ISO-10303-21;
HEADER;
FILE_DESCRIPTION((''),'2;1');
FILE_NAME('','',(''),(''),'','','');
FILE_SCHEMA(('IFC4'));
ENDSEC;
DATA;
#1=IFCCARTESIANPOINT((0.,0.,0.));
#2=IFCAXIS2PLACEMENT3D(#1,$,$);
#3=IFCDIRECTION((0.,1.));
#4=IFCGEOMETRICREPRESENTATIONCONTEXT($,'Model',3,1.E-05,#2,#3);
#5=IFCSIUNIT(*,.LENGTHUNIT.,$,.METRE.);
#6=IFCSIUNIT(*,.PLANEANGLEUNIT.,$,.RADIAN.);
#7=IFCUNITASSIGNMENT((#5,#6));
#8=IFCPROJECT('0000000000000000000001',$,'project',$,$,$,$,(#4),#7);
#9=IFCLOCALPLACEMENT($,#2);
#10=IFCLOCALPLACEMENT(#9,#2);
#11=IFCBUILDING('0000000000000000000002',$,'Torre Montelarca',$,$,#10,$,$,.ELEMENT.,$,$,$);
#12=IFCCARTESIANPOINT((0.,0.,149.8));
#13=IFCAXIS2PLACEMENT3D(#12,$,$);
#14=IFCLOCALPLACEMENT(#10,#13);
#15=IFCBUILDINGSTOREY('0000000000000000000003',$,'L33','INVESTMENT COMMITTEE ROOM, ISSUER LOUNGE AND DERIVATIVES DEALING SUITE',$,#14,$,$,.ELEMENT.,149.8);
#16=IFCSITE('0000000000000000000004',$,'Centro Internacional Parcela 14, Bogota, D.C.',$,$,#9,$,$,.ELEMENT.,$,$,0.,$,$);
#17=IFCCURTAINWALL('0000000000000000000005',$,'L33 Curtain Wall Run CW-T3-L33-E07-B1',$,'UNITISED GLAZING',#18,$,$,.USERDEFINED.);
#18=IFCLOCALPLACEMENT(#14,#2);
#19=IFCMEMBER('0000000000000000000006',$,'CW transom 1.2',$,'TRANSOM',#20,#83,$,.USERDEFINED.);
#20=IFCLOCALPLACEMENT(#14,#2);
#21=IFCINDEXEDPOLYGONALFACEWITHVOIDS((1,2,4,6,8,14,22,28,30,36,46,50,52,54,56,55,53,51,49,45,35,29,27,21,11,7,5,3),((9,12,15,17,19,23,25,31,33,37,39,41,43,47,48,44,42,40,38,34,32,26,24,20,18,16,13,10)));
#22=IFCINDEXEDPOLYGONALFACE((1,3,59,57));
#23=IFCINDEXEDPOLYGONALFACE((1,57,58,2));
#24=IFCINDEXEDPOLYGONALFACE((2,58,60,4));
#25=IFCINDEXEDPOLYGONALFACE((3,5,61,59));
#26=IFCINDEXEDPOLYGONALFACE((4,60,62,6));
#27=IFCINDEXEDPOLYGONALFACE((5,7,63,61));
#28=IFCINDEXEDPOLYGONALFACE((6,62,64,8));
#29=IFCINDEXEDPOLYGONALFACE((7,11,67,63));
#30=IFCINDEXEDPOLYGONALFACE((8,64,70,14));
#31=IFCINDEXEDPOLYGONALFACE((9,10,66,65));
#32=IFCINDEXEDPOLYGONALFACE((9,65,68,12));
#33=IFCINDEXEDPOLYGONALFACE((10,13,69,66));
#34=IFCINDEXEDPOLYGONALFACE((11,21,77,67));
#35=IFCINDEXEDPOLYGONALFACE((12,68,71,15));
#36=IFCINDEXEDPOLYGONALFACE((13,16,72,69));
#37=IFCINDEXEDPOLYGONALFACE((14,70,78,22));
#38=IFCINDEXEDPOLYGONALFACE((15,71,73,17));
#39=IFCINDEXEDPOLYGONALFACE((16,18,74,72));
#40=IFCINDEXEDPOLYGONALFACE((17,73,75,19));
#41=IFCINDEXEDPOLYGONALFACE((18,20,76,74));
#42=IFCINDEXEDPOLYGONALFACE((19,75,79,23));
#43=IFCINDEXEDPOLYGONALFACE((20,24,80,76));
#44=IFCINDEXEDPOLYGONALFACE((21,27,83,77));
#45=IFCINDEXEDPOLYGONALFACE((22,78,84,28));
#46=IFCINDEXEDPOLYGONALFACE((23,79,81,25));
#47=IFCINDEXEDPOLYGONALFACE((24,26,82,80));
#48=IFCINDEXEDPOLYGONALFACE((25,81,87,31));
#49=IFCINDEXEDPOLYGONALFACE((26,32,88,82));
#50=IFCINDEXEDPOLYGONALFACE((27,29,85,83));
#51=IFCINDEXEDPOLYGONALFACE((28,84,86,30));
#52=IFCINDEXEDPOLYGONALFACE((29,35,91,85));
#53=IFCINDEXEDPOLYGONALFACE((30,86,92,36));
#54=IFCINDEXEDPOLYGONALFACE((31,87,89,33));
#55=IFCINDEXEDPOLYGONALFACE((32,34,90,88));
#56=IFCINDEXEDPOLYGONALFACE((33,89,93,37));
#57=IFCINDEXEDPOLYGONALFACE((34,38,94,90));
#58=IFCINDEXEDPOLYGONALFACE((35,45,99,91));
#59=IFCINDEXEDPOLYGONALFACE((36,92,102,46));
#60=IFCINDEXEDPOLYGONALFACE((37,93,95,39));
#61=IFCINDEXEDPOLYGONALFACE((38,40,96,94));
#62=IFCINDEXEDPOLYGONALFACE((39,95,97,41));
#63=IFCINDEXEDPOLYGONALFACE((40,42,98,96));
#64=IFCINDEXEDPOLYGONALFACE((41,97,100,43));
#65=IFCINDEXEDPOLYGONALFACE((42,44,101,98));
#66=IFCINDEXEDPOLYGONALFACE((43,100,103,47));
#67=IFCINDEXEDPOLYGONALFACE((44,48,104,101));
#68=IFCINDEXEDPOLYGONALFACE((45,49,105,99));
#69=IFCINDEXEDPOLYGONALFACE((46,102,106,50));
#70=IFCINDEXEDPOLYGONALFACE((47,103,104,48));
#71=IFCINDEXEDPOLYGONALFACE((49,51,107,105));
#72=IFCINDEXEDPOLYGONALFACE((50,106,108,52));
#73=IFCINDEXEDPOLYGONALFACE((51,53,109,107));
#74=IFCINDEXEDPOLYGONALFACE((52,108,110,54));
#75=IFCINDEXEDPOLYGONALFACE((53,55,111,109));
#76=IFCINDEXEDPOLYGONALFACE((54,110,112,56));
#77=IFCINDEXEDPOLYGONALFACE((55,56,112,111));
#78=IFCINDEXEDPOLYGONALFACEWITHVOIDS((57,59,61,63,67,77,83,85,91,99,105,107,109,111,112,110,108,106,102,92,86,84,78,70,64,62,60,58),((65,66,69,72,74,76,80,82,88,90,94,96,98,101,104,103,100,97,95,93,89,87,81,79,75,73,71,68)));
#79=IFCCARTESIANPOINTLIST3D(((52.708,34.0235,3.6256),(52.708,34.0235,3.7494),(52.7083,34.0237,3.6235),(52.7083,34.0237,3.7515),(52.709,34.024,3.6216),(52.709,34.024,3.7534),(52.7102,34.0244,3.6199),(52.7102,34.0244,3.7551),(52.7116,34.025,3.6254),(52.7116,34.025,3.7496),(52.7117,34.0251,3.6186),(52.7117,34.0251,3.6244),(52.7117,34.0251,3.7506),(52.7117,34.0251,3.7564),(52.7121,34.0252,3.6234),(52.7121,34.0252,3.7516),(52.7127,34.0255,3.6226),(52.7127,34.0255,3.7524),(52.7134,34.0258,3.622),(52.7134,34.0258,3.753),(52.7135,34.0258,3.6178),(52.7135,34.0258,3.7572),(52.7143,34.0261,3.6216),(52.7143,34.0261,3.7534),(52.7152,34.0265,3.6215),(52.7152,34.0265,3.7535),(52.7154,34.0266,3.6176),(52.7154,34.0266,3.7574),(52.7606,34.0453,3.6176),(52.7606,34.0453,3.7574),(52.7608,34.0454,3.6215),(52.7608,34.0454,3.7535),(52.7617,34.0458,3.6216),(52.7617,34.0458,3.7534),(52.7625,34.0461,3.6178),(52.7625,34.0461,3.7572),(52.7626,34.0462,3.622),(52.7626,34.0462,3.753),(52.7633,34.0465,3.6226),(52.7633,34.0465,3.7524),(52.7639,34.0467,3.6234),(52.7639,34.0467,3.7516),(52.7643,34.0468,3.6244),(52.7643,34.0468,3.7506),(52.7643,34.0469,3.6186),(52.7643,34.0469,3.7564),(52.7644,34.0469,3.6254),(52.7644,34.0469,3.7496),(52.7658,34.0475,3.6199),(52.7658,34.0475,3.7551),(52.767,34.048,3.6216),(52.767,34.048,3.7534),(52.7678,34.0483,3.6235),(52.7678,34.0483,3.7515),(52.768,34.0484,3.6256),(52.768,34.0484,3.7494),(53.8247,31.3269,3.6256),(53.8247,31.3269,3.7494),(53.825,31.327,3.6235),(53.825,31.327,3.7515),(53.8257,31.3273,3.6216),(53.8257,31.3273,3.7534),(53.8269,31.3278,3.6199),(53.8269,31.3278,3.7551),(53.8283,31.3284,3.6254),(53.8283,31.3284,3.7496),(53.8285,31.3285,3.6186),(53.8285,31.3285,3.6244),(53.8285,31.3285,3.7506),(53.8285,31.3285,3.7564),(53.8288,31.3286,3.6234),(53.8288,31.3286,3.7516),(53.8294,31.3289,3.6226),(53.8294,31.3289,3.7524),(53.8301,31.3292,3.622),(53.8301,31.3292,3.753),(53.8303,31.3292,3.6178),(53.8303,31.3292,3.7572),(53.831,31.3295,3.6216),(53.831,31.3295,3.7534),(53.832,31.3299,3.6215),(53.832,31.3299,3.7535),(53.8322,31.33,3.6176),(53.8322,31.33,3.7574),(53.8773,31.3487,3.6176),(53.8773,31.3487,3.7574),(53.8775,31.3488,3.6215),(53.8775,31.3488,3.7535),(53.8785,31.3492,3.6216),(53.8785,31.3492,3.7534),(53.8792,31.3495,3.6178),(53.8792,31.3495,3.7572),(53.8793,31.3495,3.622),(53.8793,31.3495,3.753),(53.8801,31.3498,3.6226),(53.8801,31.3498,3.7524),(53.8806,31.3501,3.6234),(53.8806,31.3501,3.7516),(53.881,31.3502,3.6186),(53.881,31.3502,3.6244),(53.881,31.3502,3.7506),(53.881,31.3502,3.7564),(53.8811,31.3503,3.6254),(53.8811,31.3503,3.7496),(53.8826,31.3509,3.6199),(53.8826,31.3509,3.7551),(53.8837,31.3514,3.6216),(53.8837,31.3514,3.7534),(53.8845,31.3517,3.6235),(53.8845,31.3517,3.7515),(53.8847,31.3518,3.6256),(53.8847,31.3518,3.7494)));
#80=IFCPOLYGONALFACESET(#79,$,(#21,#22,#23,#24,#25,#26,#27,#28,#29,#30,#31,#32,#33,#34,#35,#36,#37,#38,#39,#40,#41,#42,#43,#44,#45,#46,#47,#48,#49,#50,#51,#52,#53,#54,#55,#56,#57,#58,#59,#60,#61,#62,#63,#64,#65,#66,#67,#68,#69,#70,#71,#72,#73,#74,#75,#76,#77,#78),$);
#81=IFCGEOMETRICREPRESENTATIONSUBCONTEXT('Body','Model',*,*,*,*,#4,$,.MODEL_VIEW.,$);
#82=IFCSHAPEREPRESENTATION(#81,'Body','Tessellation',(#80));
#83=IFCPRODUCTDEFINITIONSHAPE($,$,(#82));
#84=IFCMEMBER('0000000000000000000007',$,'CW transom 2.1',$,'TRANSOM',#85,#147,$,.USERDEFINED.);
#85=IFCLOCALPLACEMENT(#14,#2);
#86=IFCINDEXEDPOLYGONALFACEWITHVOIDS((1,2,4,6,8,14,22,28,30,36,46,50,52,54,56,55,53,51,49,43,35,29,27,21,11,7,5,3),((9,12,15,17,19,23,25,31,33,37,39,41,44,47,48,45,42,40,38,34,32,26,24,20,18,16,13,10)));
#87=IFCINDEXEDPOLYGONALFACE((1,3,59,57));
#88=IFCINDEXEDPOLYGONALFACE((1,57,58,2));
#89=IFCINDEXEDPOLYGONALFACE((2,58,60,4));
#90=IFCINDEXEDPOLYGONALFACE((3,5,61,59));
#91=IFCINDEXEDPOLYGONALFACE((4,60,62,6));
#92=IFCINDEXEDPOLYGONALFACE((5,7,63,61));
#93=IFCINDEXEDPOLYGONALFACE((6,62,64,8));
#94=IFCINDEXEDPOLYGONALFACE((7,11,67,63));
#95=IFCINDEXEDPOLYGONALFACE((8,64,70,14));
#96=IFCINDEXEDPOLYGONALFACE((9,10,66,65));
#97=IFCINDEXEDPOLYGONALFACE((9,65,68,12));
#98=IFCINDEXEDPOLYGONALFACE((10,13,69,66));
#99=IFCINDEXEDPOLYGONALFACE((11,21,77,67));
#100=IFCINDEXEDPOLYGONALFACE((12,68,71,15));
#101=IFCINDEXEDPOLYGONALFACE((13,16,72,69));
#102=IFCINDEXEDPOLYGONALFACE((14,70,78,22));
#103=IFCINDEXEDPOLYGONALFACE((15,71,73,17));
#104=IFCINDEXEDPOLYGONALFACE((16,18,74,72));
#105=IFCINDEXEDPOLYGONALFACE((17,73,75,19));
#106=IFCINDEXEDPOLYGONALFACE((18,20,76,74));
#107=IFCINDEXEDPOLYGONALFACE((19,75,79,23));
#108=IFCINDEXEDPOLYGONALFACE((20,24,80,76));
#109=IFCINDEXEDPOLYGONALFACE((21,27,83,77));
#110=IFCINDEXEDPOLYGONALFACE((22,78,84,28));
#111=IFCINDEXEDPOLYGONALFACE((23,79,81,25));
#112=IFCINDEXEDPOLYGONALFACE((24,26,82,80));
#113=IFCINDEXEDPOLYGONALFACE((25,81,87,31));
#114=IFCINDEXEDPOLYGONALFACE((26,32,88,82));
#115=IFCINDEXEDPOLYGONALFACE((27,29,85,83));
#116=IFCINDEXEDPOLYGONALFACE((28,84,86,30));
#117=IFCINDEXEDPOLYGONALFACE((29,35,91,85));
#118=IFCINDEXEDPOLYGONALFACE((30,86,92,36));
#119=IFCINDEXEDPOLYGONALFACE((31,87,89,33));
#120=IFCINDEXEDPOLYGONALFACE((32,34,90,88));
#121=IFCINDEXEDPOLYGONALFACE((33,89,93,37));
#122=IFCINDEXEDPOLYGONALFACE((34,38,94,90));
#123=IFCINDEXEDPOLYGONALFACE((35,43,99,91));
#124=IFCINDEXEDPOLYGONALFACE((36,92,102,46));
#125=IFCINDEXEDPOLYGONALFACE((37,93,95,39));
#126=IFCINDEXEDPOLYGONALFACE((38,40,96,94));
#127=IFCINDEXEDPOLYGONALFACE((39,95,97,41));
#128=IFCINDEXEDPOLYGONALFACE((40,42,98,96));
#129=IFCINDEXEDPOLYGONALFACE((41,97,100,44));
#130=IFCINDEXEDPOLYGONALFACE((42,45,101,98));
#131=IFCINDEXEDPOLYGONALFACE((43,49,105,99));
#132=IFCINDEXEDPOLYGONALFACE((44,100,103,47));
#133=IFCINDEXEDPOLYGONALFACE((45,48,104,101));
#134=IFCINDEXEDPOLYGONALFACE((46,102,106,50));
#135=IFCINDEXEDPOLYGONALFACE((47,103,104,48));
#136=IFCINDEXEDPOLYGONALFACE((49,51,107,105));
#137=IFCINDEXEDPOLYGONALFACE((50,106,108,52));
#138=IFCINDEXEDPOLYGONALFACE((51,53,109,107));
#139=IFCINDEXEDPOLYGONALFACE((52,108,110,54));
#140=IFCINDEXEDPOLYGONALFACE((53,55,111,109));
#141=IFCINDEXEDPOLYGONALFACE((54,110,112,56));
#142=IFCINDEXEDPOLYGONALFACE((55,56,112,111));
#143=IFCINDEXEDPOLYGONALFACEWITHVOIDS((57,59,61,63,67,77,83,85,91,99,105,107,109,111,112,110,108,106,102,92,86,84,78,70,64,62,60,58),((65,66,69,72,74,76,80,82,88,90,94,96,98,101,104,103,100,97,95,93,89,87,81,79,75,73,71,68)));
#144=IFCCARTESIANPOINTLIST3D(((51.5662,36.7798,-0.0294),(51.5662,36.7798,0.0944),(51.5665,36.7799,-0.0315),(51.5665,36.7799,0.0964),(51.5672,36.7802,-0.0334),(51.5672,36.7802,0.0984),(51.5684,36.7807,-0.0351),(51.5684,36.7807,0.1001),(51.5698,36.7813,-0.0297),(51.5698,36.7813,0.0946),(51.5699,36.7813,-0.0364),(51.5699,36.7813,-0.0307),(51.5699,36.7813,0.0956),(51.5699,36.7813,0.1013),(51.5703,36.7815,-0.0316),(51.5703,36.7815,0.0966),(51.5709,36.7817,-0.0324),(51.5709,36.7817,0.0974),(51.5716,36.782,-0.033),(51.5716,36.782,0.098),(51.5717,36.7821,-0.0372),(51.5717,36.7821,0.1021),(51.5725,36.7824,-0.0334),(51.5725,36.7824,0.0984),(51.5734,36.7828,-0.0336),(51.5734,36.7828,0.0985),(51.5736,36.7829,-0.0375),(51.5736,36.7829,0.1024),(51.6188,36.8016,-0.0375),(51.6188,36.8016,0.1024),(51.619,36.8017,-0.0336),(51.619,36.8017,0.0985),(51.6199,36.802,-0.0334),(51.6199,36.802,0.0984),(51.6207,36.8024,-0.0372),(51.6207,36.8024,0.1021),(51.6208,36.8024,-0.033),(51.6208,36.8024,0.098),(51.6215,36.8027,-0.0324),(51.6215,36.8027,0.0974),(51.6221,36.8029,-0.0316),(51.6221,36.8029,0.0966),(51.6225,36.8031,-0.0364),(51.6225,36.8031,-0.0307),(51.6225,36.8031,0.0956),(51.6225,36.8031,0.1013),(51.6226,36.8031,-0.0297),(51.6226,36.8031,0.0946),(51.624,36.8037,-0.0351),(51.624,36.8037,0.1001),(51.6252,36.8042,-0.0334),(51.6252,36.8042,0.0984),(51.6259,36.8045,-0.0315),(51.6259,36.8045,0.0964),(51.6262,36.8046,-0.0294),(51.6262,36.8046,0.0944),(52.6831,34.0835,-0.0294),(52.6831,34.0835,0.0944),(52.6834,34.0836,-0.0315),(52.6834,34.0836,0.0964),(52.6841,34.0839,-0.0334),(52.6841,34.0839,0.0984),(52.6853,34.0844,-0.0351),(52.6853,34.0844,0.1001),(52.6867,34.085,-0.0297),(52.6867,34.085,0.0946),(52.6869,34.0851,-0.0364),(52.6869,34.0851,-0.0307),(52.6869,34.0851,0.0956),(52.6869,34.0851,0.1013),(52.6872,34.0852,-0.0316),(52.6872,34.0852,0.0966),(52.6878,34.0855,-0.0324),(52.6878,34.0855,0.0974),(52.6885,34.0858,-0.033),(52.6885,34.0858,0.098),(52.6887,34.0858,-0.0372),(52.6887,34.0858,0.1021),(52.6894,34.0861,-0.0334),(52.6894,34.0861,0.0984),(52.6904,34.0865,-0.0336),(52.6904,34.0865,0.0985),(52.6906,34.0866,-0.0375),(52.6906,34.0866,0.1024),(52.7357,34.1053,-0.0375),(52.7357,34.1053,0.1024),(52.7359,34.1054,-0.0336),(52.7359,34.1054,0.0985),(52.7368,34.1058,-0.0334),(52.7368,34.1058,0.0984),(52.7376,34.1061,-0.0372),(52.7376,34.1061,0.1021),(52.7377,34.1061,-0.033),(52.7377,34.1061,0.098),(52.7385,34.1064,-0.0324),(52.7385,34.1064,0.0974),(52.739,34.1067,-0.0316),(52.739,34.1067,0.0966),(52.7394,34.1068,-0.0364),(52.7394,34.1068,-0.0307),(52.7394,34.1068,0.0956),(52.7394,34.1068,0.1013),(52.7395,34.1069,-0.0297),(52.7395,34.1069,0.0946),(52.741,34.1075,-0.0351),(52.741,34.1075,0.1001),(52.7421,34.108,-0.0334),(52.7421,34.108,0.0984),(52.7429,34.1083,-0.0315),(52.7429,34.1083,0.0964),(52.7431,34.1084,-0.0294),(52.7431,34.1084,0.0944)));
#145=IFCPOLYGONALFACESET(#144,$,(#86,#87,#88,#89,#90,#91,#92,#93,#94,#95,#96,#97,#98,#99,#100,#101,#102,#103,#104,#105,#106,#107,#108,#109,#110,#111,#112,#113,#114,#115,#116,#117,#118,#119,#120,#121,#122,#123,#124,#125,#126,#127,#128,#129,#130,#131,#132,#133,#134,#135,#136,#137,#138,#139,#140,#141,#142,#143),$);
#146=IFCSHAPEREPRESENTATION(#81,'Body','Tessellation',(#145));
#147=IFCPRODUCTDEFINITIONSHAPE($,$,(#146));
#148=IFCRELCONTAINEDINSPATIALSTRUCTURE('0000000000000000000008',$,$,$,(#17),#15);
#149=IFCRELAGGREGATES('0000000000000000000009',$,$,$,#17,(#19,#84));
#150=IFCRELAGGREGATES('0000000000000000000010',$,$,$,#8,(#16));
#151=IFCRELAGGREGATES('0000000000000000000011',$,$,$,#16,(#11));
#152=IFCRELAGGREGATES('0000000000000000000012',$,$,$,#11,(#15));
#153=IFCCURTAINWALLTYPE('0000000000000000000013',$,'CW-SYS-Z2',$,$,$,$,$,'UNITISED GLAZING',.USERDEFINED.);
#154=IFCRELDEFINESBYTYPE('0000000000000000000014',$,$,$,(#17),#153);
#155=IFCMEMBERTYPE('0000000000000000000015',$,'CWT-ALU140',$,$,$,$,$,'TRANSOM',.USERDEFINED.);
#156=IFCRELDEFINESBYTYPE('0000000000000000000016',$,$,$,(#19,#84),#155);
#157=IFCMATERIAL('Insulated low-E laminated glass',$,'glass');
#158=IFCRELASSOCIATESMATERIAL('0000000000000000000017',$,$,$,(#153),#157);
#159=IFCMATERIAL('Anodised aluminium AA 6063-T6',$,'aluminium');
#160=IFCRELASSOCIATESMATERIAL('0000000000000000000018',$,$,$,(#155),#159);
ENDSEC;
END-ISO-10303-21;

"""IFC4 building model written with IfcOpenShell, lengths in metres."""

from ifc_helpers import new_model, si_unit, direction, frame, origin, origin_2d, place, context, subcontext, project, spatial, hollow_rectangle, extrude, source, transform, mapped, material, material_profile, profile_set, type_object, element, aggregate, save


model = new_model("IFC4")

# Units and contexts
model_context = context("Model", 3, precision=1e-05, world=origin(), true_north=direction((0.0, 1.0)))
body_context = subcontext(model_context, "Body", "Model", "MODEL_VIEW")
ifc_project = project(units=[si_unit("LENGTHUNIT", "METRE"), si_unit("PLANEANGLEUNIT", "RADIAN")], contexts=[model_context])

# Site, building, storey
site_placement = place(None, origin())
site = spatial("IfcSite", under=ifc_project, at=site_placement, Name="Centro Internacional Parcela 14, Bogota, D.C.", CompositionType="ELEMENT", RefElevation=0.0)
building_placement = place(site_placement, origin())
building = spatial("IfcBuilding", under=site, at=building_placement, Name="Torre Montelarca", CompositionType="ELEMENT")
storey_placement = place(building_placement, frame((0.0, 0.0, 149.8)))
storey = spatial("IfcBuildingStorey", under=building, at=storey_placement, Name="L33", Description="INVESTMENT COMMITTEE ROOM, ISSUER LOUNGE AND DERIVATIVES DEALING SUITE", CompositionType="ELEMENT", Elevation=149.8)

# Curtain wall, members
ifc_material_1 = material(Name="Insulated low-E laminated glass", Category="glass")
curtain_wall_type = type_object("IfcCurtainWallType", Name="CW-SYS-Z2", ElementType="UNITISED GLAZING", PredefinedType="USERDEFINED", material=ifc_material_1)
curtain_wall_1_placement = place(storey_placement, origin())
curtain_wall_1 = element("IfcCurtainWall", 1, at=curtain_wall_1_placement, inside=storey, type_object=curtain_wall_type, Name="L33 Curtain Wall Run CW-T3-L33-E07-B1", ObjectType="UNITISED GLAZING", PredefinedType="USERDEFINED")
ifc_material_2 = material(Name="Anodised aluminium AA 6063-T6", Category="aluminium")
ifc_material_profile_1 = material_profile(ifc_material_2, hollow_rectangle(XDim=0.0649, YDim=0.1399, WallThickness=0.0039, InnerFilletRadius=0.0039, OuterFilletRadius=0.0081, at=origin_2d()), Name="ALU65X140X4", Category="aluminium")
ifc_profile_set_1 = profile_set([ifc_material_profile_1], Name="Anodised aluminium AA 6063-T6")
member_type_1 = type_object("IfcMemberType", Name="CWT-ALU140", ElementType="TRANSOM", PredefinedType="USERDEFINED", material=ifc_profile_set_1)
shared_shape_1 = source(origin(), body_context, "Body", "SweptSolid", [
    extrude(hollow_rectangle(XDim=0.0649, YDim=0.1399, WallThickness=0.0039, InnerFilletRadius=0.0039, OuterFilletRadius=0.0081, at=origin_2d()), origin(), (0.0, 0.0, 1.0), 2.9187),
])
member_1_placement = place(storey_placement, frame((53.8547, 31.3394, 3.6875), z_axis=(-0.382613, 0.923909, 0.0), x_axis=(-0.923909, -0.382613, 0.0)))
member_1 = element("IfcMember", 2, at=member_1_placement, type_object=member_type_1, Name="CW transom 1.2", ObjectType="TRANSOM", PredefinedType="USERDEFINED", context=body_context, shape_type="MappedRepresentation", body=[
    mapped(shared_shape_1, transform((0.0, 0.0, 0.0), scale=1.0)),
])
shared_shape_2 = source(origin(), body_context, "Body", "SweptSolid", [
    extrude(hollow_rectangle(XDim=0.0649, YDim=0.1399, WallThickness=0.0039, InnerFilletRadius=0.0039, OuterFilletRadius=0.0081, at=origin_2d()), origin(), (0.0, 0.0, 1.0), 2.9185),
])
member_2_placement = place(storey_placement, frame((52.7131, 34.0959, 0.0325), z_axis=(-0.382714, 0.923867, 0.0), x_axis=(-0.923867, -0.382714, 0.0)))
member_2 = element("IfcMember", 3, at=member_2_placement, type_object=member_type_1, Name="CW transom 2.1", ObjectType="TRANSOM", PredefinedType="USERDEFINED", context=body_context, shape_type="MappedRepresentation", body=[
    mapped(shared_shape_2, transform((0.0, 0.0, 0.0), scale=1.0)),
])

aggregate(curtain_wall_1, [member_1, member_2])

save(model, "model.ifc")
